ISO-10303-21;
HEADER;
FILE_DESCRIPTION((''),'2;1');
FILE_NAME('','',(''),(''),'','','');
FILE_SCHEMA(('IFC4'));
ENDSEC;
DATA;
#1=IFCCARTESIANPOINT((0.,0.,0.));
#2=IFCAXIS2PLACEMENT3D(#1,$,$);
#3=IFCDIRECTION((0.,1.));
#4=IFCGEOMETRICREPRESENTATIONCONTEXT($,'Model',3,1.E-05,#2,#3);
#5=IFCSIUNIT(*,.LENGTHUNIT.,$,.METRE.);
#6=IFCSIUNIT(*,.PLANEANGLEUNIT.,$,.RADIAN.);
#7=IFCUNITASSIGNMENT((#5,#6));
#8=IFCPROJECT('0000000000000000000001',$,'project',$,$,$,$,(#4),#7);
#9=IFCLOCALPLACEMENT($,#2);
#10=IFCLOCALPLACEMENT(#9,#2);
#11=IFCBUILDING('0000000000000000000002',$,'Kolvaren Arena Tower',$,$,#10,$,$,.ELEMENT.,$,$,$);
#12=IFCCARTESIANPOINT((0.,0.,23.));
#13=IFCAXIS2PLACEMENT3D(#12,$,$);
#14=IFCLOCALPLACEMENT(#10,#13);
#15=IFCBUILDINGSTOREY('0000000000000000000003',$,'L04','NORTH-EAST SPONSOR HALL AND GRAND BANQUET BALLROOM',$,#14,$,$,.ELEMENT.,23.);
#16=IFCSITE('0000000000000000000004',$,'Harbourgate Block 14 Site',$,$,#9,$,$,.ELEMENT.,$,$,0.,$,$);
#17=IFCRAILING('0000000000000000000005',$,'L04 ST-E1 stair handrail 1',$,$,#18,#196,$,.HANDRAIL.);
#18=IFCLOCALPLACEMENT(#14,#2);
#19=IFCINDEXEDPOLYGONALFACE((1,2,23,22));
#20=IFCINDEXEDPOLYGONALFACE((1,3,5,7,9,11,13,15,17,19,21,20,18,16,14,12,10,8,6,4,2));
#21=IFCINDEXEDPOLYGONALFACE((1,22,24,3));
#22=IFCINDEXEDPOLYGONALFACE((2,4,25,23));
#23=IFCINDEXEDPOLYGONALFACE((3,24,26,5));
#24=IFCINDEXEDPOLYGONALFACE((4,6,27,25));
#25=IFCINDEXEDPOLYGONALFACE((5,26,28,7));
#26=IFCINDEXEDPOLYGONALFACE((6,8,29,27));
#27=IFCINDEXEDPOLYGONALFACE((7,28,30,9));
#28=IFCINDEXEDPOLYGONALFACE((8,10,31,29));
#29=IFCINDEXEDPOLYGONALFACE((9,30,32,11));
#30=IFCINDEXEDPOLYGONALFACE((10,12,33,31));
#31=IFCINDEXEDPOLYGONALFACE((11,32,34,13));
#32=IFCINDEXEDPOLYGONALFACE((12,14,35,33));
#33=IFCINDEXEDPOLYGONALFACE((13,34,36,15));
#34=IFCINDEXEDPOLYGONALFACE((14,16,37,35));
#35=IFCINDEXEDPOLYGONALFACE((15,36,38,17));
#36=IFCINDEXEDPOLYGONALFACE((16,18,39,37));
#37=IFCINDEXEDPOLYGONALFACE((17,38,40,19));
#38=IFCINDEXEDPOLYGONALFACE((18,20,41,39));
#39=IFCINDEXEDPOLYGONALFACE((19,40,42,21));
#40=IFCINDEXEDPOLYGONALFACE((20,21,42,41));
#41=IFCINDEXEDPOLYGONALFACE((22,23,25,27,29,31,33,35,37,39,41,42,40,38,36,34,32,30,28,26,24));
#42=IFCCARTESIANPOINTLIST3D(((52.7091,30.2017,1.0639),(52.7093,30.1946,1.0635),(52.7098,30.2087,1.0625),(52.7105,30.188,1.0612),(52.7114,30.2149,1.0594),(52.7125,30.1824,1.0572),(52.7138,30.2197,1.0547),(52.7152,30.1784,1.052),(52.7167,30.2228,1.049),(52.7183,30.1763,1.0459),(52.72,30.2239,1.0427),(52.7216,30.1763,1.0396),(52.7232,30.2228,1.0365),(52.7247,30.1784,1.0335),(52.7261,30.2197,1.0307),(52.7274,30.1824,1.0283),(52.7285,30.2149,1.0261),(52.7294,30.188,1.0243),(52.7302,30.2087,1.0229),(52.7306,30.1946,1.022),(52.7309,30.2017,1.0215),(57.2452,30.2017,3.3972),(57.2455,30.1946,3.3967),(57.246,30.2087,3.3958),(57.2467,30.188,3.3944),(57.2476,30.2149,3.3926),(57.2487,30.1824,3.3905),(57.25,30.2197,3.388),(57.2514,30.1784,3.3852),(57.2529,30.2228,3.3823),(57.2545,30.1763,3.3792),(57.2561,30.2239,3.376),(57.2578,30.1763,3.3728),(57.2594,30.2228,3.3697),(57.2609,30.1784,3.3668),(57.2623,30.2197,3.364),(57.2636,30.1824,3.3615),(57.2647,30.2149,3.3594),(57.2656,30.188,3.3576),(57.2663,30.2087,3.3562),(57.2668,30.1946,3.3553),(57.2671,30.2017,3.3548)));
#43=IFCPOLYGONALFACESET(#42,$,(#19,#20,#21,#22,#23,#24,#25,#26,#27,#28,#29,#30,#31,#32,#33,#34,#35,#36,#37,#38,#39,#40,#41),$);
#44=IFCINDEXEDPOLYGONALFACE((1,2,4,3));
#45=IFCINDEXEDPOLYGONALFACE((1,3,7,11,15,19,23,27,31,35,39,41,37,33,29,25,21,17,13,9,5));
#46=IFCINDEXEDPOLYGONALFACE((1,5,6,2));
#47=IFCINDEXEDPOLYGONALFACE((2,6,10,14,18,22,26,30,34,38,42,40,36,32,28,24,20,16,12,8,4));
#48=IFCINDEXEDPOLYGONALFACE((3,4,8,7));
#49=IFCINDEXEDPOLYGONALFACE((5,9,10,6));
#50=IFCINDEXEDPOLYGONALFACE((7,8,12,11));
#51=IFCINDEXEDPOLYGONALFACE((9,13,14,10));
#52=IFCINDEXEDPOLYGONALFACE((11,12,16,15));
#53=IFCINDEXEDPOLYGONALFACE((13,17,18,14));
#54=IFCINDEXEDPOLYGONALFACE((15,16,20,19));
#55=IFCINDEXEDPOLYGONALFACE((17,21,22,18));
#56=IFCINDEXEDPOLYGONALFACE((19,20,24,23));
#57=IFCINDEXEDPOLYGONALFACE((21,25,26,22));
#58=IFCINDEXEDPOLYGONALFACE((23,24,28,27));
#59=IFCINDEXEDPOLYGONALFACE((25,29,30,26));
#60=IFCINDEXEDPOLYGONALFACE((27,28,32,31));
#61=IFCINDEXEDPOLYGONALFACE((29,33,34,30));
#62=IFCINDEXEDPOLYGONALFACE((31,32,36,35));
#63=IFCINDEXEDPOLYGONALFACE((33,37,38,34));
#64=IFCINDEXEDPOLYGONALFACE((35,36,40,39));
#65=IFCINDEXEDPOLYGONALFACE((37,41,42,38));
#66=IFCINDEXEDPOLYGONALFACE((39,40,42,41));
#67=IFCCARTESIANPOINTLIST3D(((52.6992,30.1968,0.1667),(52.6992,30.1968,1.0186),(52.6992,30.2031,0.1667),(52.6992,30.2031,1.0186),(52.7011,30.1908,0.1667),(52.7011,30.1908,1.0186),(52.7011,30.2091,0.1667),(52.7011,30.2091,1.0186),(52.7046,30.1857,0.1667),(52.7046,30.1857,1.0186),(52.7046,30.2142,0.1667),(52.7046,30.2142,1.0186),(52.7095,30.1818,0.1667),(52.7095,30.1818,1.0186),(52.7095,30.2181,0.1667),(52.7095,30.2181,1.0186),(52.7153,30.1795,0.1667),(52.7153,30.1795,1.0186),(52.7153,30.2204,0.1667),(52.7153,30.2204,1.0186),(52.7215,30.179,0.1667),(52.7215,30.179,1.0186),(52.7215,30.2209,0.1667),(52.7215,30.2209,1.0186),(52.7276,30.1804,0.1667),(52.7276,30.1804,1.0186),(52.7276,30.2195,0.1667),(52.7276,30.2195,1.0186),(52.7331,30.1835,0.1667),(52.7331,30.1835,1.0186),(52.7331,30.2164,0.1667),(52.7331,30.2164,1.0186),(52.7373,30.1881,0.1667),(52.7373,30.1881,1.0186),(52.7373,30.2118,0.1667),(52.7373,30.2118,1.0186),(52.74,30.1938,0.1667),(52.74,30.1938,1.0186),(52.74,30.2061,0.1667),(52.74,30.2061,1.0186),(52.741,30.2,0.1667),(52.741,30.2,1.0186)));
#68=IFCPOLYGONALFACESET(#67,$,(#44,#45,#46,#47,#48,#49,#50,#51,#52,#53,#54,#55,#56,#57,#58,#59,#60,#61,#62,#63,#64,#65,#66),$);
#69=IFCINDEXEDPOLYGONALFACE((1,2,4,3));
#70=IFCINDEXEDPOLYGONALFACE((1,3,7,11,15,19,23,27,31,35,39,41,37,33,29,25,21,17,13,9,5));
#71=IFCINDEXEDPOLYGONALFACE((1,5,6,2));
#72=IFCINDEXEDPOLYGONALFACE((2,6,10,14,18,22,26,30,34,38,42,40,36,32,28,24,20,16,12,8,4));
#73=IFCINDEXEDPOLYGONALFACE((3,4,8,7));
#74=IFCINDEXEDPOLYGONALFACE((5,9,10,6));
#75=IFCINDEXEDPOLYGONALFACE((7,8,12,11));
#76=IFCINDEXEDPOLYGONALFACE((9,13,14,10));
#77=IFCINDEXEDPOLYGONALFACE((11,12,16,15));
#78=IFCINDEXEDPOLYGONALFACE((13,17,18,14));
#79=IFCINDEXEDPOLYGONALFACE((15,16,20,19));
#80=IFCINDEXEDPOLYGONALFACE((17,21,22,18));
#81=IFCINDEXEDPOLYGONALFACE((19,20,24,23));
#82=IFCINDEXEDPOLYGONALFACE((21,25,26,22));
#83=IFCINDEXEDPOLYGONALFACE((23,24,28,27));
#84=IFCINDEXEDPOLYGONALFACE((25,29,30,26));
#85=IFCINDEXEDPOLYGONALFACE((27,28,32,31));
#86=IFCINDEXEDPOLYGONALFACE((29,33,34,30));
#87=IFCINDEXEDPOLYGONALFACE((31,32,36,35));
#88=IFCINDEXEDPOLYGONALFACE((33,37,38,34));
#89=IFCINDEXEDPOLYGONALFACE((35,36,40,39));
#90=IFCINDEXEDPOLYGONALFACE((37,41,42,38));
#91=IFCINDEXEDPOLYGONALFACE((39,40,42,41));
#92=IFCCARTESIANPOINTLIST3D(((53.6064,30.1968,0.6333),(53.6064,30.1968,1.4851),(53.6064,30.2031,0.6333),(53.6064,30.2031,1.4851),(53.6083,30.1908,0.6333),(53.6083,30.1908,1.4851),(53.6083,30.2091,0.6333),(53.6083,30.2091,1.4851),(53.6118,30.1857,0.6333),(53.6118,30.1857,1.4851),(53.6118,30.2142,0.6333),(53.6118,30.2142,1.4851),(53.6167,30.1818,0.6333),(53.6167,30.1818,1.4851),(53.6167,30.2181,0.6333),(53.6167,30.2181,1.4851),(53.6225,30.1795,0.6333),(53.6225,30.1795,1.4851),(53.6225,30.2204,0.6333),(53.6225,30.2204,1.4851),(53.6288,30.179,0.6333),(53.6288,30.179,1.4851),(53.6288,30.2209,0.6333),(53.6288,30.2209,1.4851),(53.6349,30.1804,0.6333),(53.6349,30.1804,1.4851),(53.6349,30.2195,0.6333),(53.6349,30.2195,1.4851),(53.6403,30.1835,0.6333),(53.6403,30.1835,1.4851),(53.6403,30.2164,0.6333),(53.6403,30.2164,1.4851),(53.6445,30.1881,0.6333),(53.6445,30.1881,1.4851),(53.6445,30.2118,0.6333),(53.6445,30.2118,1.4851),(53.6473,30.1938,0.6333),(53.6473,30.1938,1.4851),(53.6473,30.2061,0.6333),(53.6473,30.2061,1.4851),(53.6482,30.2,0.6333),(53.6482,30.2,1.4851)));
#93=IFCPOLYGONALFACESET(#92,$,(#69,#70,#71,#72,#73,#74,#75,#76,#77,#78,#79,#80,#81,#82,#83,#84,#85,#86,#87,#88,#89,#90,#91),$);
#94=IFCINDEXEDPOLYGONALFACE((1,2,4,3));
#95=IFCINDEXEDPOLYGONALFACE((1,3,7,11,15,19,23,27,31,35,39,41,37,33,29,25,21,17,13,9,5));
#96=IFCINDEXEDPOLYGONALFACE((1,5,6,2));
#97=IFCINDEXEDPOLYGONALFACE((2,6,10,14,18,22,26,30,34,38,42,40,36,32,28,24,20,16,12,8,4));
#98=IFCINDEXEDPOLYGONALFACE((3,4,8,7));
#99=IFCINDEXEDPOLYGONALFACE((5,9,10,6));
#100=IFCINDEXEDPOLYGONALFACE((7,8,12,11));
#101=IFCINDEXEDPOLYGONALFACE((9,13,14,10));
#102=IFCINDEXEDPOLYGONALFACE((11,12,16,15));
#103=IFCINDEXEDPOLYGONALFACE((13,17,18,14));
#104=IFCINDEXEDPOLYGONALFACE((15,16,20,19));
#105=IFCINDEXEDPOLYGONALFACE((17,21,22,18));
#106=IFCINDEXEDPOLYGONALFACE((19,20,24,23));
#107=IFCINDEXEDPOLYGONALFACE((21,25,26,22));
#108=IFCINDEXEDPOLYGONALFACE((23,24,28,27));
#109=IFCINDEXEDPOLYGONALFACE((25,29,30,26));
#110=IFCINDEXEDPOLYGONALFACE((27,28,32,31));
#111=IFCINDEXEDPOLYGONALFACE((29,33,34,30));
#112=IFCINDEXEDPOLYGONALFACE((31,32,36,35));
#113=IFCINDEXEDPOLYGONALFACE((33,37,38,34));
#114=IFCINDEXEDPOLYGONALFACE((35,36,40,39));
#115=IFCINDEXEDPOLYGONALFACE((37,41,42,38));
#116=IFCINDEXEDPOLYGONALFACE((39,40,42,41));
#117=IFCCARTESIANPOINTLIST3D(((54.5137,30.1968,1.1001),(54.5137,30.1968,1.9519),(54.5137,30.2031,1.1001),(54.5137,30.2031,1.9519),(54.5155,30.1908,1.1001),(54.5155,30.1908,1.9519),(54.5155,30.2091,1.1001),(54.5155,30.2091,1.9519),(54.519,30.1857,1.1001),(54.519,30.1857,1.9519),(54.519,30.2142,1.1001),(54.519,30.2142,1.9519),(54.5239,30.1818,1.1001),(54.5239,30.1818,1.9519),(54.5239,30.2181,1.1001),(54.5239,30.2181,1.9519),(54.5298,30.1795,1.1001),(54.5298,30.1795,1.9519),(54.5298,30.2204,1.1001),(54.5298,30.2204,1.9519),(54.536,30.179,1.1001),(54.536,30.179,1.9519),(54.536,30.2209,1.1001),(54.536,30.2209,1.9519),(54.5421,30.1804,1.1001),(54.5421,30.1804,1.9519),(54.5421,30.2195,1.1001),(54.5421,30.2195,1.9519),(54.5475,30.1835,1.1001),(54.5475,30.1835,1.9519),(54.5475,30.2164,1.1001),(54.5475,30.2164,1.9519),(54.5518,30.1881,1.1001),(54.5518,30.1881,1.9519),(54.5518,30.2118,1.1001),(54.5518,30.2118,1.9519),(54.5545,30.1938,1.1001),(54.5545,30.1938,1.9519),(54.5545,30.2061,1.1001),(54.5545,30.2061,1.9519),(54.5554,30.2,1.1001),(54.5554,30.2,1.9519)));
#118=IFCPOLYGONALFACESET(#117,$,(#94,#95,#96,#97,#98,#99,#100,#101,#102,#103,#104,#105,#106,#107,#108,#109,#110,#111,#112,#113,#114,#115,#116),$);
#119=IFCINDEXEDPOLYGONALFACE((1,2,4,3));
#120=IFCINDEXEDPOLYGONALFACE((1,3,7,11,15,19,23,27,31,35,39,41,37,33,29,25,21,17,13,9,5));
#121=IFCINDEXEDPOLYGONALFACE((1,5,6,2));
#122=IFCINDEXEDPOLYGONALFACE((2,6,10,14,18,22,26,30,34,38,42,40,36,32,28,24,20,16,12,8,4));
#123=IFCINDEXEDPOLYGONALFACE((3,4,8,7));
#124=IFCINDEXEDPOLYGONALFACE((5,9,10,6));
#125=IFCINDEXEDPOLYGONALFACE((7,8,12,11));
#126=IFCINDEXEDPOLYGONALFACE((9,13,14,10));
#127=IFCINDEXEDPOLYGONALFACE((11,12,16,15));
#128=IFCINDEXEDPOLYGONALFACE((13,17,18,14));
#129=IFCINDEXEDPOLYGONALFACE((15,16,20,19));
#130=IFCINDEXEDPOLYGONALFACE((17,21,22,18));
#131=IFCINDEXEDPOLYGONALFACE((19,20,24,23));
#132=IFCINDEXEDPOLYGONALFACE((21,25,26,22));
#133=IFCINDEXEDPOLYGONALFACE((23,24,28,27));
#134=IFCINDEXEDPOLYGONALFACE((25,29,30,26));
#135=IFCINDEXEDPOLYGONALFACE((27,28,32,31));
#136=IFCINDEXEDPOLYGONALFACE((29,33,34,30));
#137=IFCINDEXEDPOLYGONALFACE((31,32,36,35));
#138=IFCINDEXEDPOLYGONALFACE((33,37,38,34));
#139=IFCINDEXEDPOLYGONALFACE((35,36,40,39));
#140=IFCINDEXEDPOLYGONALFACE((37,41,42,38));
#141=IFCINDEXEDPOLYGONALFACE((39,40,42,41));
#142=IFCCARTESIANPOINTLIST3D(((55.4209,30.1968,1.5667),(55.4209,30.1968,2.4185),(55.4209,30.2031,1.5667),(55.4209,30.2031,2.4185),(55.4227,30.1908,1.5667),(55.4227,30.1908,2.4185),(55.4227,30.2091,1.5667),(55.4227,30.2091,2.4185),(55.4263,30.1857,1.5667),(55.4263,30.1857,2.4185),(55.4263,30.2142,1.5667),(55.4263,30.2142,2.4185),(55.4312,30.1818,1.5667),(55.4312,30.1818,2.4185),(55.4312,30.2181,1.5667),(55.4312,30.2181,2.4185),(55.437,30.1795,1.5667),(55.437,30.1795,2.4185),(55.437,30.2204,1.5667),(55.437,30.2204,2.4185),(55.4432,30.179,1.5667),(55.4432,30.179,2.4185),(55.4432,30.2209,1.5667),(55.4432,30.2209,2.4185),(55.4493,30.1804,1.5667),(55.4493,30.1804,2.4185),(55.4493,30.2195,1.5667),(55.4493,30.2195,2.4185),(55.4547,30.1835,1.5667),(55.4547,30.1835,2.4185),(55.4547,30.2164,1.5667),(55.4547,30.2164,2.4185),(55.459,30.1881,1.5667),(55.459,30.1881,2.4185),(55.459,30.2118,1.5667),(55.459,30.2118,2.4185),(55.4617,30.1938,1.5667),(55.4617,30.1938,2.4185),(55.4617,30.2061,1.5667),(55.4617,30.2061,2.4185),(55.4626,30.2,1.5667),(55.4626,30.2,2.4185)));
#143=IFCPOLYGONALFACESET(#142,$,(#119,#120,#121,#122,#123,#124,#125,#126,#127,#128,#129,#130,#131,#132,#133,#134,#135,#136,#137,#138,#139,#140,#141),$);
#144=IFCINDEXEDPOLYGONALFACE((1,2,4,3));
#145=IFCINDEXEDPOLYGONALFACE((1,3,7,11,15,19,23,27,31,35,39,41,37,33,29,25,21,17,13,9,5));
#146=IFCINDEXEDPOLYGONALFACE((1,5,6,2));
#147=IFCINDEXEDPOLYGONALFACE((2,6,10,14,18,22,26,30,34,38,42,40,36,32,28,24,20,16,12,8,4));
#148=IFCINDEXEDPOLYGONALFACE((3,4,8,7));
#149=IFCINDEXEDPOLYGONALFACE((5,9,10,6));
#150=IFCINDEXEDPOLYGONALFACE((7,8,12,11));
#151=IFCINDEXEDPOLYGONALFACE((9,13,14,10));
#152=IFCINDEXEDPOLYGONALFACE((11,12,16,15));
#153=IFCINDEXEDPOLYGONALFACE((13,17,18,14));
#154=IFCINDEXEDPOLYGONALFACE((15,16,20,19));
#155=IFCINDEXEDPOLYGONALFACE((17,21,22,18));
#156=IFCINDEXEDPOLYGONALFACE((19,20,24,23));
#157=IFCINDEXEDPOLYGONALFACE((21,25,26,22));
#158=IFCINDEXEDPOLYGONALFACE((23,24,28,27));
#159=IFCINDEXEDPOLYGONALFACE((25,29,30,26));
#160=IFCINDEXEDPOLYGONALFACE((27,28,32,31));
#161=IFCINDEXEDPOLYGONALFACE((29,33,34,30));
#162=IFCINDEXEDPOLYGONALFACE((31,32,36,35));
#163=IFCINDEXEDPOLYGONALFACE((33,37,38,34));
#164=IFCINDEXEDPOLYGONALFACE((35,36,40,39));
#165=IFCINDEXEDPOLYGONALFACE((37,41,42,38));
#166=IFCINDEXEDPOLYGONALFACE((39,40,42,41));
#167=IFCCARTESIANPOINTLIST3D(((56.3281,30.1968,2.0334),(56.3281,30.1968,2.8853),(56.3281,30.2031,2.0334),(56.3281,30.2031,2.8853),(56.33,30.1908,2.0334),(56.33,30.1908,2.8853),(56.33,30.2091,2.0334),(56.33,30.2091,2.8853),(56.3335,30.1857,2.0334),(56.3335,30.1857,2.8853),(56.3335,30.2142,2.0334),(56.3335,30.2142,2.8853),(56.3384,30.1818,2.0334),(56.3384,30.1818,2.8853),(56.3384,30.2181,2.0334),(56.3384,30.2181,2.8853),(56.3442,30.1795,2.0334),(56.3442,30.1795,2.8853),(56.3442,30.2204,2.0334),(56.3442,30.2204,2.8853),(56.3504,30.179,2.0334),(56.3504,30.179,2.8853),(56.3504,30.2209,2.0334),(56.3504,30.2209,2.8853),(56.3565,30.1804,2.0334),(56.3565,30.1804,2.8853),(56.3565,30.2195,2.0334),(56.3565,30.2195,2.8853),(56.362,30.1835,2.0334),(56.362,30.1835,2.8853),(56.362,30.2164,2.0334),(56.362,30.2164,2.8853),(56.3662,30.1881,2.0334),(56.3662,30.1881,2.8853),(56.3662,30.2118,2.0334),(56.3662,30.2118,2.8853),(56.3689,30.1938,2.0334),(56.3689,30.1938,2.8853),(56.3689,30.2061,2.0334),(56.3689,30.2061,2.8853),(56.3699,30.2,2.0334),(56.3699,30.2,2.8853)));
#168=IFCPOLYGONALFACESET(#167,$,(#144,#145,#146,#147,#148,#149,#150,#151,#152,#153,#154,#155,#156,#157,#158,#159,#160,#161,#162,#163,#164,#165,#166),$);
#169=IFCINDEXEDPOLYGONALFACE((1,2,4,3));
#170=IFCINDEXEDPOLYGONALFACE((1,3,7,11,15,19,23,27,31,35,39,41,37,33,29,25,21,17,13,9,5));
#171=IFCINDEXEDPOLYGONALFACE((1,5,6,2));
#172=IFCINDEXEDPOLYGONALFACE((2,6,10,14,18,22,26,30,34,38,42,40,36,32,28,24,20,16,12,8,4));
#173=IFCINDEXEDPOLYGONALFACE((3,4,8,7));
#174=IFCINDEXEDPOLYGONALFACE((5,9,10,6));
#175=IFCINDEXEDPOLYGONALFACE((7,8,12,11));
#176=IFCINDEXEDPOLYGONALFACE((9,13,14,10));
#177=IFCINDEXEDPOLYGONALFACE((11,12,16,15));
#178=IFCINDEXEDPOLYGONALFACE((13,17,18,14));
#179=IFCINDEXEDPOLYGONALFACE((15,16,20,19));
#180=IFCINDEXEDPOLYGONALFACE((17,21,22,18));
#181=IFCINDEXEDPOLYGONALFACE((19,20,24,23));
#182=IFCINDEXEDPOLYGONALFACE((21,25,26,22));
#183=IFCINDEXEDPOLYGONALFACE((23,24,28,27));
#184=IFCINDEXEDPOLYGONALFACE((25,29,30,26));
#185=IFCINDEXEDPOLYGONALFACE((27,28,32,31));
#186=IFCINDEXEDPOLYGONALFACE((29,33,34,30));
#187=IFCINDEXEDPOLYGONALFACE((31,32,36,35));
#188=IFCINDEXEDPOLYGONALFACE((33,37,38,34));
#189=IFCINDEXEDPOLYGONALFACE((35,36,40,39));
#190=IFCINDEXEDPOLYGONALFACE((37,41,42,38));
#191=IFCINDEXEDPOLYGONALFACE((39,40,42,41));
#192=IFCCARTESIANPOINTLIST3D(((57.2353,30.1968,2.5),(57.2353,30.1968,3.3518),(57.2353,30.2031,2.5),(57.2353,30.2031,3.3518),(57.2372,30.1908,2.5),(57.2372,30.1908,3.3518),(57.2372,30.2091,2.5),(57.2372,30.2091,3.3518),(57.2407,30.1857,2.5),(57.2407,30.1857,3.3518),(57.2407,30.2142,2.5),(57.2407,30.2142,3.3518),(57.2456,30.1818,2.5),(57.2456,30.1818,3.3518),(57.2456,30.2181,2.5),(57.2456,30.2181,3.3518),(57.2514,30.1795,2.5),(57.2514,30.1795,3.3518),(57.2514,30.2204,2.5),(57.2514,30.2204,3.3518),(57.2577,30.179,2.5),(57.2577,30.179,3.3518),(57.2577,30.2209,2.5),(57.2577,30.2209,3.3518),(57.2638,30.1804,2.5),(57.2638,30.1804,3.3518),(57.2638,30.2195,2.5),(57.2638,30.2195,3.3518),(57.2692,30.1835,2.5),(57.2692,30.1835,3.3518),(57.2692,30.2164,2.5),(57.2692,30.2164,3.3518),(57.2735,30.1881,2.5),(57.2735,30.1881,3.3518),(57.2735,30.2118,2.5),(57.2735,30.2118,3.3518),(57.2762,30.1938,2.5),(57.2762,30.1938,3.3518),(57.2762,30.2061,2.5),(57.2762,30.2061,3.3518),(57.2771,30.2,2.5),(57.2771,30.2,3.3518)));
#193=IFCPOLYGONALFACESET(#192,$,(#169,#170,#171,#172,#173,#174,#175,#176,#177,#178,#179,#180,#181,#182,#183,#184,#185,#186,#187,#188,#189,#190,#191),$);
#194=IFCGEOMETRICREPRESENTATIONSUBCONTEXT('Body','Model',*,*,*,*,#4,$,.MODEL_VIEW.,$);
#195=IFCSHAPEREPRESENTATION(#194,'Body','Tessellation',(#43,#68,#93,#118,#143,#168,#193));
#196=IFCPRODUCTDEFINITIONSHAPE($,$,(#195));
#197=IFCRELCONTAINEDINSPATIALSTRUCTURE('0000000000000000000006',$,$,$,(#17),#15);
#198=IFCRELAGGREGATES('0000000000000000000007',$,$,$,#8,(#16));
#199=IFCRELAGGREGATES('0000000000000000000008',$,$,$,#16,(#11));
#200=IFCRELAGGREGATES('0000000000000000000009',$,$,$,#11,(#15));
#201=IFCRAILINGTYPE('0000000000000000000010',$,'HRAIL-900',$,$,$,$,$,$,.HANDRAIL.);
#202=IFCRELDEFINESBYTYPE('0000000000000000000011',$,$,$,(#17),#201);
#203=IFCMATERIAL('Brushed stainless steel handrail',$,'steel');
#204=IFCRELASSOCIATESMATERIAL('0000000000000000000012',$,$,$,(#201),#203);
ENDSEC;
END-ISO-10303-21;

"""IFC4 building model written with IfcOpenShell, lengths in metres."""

from ifc_helpers import new_model, si_unit, direction, frame, origin, origin_2d, place, context, subcontext, project, spatial, circle, extrude, material, type_object, element, save


model = new_model("IFC4")

# Units and contexts
model_context = context("Model", 3, precision=1e-05, world=origin(), true_north=direction((0.0, 1.0)))
body_context = subcontext(model_context, "Body", "Model", "MODEL_VIEW")
ifc_project = project(units=[si_unit("LENGTHUNIT", "METRE"), si_unit("PLANEANGLEUNIT", "RADIAN")], contexts=[model_context])

# Site, building, storey
site_placement = place(None, origin())
site = spatial("IfcSite", under=ifc_project, at=site_placement, Name="Harbourgate Block 14 Site", CompositionType="ELEMENT", RefElevation=0.0)
building_placement = place(site_placement, origin())
building = spatial("IfcBuilding", under=site, at=building_placement, Name="Kolvaren Arena Tower", CompositionType="ELEMENT")
storey_placement = place(building_placement, frame((0.0, 0.0, 23.0)))
storey = spatial("IfcBuildingStorey", under=building, at=storey_placement, Name="L04", Description="NORTH-EAST SPONSOR HALL AND GRAND BANQUET BALLROOM", CompositionType="ELEMENT", Elevation=23.0)

# Railing
ifc_material_1 = material(Name="Brushed stainless steel handrail", Category="steel")
railing_type_1 = type_object("IfcRailingType", Name="HRAIL-900", PredefinedType="HANDRAIL", material=ifc_material_1)
for number, where, name in (
    (1, (52.72, 30.2, 0.1667), "L04 ST-E1 stair handrail 1"),
):
    element("IfcRailing", number, at=place(storey_placement, frame(where)), inside=storey, type_object=railing_type_1, Name=name, PredefinedType="HANDRAIL", context=body_context, shape_type="SweptSolid", body=[
        extrude(circle(Radius=0.0239, at=origin_2d()), frame((0.0, 0.0, 0.876), z_axis=(0.889257, 0.0, 0.457407), x_axis=(0.0, 1.0, 0.0)), (0.0, 0.0, 1.0), 5.1011),
        extrude(circle(Radius=0.021, at=origin_2d()), origin(), (0.0, 0.0, 1.0), 0.8518),
        extrude(circle(Radius=0.021, at=origin_2d()), frame((0.9072, 0.0, 0.4666)), (0.0, 0.0, 1.0), 0.8518),
        extrude(circle(Radius=0.021, at=origin_2d()), frame((1.8145, 0.0, 0.9333)), (0.0, 0.0, 1.0), 0.8518),
        extrude(circle(Radius=0.021, at=origin_2d()), frame((2.7217, 0.0, 1.3999)), (0.0, 0.0, 1.0), 0.8518),
        extrude(circle(Radius=0.021, at=origin_2d()), frame((3.6289, 0.0, 1.8667)), (0.0, 0.0, 1.0), 0.8518),
        extrude(circle(Radius=0.021, at=origin_2d()), frame((4.5361, 0.0, 2.3333)), (0.0, 0.0, 1.0), 0.8518),
    ])

save(model, "model.ifc")
